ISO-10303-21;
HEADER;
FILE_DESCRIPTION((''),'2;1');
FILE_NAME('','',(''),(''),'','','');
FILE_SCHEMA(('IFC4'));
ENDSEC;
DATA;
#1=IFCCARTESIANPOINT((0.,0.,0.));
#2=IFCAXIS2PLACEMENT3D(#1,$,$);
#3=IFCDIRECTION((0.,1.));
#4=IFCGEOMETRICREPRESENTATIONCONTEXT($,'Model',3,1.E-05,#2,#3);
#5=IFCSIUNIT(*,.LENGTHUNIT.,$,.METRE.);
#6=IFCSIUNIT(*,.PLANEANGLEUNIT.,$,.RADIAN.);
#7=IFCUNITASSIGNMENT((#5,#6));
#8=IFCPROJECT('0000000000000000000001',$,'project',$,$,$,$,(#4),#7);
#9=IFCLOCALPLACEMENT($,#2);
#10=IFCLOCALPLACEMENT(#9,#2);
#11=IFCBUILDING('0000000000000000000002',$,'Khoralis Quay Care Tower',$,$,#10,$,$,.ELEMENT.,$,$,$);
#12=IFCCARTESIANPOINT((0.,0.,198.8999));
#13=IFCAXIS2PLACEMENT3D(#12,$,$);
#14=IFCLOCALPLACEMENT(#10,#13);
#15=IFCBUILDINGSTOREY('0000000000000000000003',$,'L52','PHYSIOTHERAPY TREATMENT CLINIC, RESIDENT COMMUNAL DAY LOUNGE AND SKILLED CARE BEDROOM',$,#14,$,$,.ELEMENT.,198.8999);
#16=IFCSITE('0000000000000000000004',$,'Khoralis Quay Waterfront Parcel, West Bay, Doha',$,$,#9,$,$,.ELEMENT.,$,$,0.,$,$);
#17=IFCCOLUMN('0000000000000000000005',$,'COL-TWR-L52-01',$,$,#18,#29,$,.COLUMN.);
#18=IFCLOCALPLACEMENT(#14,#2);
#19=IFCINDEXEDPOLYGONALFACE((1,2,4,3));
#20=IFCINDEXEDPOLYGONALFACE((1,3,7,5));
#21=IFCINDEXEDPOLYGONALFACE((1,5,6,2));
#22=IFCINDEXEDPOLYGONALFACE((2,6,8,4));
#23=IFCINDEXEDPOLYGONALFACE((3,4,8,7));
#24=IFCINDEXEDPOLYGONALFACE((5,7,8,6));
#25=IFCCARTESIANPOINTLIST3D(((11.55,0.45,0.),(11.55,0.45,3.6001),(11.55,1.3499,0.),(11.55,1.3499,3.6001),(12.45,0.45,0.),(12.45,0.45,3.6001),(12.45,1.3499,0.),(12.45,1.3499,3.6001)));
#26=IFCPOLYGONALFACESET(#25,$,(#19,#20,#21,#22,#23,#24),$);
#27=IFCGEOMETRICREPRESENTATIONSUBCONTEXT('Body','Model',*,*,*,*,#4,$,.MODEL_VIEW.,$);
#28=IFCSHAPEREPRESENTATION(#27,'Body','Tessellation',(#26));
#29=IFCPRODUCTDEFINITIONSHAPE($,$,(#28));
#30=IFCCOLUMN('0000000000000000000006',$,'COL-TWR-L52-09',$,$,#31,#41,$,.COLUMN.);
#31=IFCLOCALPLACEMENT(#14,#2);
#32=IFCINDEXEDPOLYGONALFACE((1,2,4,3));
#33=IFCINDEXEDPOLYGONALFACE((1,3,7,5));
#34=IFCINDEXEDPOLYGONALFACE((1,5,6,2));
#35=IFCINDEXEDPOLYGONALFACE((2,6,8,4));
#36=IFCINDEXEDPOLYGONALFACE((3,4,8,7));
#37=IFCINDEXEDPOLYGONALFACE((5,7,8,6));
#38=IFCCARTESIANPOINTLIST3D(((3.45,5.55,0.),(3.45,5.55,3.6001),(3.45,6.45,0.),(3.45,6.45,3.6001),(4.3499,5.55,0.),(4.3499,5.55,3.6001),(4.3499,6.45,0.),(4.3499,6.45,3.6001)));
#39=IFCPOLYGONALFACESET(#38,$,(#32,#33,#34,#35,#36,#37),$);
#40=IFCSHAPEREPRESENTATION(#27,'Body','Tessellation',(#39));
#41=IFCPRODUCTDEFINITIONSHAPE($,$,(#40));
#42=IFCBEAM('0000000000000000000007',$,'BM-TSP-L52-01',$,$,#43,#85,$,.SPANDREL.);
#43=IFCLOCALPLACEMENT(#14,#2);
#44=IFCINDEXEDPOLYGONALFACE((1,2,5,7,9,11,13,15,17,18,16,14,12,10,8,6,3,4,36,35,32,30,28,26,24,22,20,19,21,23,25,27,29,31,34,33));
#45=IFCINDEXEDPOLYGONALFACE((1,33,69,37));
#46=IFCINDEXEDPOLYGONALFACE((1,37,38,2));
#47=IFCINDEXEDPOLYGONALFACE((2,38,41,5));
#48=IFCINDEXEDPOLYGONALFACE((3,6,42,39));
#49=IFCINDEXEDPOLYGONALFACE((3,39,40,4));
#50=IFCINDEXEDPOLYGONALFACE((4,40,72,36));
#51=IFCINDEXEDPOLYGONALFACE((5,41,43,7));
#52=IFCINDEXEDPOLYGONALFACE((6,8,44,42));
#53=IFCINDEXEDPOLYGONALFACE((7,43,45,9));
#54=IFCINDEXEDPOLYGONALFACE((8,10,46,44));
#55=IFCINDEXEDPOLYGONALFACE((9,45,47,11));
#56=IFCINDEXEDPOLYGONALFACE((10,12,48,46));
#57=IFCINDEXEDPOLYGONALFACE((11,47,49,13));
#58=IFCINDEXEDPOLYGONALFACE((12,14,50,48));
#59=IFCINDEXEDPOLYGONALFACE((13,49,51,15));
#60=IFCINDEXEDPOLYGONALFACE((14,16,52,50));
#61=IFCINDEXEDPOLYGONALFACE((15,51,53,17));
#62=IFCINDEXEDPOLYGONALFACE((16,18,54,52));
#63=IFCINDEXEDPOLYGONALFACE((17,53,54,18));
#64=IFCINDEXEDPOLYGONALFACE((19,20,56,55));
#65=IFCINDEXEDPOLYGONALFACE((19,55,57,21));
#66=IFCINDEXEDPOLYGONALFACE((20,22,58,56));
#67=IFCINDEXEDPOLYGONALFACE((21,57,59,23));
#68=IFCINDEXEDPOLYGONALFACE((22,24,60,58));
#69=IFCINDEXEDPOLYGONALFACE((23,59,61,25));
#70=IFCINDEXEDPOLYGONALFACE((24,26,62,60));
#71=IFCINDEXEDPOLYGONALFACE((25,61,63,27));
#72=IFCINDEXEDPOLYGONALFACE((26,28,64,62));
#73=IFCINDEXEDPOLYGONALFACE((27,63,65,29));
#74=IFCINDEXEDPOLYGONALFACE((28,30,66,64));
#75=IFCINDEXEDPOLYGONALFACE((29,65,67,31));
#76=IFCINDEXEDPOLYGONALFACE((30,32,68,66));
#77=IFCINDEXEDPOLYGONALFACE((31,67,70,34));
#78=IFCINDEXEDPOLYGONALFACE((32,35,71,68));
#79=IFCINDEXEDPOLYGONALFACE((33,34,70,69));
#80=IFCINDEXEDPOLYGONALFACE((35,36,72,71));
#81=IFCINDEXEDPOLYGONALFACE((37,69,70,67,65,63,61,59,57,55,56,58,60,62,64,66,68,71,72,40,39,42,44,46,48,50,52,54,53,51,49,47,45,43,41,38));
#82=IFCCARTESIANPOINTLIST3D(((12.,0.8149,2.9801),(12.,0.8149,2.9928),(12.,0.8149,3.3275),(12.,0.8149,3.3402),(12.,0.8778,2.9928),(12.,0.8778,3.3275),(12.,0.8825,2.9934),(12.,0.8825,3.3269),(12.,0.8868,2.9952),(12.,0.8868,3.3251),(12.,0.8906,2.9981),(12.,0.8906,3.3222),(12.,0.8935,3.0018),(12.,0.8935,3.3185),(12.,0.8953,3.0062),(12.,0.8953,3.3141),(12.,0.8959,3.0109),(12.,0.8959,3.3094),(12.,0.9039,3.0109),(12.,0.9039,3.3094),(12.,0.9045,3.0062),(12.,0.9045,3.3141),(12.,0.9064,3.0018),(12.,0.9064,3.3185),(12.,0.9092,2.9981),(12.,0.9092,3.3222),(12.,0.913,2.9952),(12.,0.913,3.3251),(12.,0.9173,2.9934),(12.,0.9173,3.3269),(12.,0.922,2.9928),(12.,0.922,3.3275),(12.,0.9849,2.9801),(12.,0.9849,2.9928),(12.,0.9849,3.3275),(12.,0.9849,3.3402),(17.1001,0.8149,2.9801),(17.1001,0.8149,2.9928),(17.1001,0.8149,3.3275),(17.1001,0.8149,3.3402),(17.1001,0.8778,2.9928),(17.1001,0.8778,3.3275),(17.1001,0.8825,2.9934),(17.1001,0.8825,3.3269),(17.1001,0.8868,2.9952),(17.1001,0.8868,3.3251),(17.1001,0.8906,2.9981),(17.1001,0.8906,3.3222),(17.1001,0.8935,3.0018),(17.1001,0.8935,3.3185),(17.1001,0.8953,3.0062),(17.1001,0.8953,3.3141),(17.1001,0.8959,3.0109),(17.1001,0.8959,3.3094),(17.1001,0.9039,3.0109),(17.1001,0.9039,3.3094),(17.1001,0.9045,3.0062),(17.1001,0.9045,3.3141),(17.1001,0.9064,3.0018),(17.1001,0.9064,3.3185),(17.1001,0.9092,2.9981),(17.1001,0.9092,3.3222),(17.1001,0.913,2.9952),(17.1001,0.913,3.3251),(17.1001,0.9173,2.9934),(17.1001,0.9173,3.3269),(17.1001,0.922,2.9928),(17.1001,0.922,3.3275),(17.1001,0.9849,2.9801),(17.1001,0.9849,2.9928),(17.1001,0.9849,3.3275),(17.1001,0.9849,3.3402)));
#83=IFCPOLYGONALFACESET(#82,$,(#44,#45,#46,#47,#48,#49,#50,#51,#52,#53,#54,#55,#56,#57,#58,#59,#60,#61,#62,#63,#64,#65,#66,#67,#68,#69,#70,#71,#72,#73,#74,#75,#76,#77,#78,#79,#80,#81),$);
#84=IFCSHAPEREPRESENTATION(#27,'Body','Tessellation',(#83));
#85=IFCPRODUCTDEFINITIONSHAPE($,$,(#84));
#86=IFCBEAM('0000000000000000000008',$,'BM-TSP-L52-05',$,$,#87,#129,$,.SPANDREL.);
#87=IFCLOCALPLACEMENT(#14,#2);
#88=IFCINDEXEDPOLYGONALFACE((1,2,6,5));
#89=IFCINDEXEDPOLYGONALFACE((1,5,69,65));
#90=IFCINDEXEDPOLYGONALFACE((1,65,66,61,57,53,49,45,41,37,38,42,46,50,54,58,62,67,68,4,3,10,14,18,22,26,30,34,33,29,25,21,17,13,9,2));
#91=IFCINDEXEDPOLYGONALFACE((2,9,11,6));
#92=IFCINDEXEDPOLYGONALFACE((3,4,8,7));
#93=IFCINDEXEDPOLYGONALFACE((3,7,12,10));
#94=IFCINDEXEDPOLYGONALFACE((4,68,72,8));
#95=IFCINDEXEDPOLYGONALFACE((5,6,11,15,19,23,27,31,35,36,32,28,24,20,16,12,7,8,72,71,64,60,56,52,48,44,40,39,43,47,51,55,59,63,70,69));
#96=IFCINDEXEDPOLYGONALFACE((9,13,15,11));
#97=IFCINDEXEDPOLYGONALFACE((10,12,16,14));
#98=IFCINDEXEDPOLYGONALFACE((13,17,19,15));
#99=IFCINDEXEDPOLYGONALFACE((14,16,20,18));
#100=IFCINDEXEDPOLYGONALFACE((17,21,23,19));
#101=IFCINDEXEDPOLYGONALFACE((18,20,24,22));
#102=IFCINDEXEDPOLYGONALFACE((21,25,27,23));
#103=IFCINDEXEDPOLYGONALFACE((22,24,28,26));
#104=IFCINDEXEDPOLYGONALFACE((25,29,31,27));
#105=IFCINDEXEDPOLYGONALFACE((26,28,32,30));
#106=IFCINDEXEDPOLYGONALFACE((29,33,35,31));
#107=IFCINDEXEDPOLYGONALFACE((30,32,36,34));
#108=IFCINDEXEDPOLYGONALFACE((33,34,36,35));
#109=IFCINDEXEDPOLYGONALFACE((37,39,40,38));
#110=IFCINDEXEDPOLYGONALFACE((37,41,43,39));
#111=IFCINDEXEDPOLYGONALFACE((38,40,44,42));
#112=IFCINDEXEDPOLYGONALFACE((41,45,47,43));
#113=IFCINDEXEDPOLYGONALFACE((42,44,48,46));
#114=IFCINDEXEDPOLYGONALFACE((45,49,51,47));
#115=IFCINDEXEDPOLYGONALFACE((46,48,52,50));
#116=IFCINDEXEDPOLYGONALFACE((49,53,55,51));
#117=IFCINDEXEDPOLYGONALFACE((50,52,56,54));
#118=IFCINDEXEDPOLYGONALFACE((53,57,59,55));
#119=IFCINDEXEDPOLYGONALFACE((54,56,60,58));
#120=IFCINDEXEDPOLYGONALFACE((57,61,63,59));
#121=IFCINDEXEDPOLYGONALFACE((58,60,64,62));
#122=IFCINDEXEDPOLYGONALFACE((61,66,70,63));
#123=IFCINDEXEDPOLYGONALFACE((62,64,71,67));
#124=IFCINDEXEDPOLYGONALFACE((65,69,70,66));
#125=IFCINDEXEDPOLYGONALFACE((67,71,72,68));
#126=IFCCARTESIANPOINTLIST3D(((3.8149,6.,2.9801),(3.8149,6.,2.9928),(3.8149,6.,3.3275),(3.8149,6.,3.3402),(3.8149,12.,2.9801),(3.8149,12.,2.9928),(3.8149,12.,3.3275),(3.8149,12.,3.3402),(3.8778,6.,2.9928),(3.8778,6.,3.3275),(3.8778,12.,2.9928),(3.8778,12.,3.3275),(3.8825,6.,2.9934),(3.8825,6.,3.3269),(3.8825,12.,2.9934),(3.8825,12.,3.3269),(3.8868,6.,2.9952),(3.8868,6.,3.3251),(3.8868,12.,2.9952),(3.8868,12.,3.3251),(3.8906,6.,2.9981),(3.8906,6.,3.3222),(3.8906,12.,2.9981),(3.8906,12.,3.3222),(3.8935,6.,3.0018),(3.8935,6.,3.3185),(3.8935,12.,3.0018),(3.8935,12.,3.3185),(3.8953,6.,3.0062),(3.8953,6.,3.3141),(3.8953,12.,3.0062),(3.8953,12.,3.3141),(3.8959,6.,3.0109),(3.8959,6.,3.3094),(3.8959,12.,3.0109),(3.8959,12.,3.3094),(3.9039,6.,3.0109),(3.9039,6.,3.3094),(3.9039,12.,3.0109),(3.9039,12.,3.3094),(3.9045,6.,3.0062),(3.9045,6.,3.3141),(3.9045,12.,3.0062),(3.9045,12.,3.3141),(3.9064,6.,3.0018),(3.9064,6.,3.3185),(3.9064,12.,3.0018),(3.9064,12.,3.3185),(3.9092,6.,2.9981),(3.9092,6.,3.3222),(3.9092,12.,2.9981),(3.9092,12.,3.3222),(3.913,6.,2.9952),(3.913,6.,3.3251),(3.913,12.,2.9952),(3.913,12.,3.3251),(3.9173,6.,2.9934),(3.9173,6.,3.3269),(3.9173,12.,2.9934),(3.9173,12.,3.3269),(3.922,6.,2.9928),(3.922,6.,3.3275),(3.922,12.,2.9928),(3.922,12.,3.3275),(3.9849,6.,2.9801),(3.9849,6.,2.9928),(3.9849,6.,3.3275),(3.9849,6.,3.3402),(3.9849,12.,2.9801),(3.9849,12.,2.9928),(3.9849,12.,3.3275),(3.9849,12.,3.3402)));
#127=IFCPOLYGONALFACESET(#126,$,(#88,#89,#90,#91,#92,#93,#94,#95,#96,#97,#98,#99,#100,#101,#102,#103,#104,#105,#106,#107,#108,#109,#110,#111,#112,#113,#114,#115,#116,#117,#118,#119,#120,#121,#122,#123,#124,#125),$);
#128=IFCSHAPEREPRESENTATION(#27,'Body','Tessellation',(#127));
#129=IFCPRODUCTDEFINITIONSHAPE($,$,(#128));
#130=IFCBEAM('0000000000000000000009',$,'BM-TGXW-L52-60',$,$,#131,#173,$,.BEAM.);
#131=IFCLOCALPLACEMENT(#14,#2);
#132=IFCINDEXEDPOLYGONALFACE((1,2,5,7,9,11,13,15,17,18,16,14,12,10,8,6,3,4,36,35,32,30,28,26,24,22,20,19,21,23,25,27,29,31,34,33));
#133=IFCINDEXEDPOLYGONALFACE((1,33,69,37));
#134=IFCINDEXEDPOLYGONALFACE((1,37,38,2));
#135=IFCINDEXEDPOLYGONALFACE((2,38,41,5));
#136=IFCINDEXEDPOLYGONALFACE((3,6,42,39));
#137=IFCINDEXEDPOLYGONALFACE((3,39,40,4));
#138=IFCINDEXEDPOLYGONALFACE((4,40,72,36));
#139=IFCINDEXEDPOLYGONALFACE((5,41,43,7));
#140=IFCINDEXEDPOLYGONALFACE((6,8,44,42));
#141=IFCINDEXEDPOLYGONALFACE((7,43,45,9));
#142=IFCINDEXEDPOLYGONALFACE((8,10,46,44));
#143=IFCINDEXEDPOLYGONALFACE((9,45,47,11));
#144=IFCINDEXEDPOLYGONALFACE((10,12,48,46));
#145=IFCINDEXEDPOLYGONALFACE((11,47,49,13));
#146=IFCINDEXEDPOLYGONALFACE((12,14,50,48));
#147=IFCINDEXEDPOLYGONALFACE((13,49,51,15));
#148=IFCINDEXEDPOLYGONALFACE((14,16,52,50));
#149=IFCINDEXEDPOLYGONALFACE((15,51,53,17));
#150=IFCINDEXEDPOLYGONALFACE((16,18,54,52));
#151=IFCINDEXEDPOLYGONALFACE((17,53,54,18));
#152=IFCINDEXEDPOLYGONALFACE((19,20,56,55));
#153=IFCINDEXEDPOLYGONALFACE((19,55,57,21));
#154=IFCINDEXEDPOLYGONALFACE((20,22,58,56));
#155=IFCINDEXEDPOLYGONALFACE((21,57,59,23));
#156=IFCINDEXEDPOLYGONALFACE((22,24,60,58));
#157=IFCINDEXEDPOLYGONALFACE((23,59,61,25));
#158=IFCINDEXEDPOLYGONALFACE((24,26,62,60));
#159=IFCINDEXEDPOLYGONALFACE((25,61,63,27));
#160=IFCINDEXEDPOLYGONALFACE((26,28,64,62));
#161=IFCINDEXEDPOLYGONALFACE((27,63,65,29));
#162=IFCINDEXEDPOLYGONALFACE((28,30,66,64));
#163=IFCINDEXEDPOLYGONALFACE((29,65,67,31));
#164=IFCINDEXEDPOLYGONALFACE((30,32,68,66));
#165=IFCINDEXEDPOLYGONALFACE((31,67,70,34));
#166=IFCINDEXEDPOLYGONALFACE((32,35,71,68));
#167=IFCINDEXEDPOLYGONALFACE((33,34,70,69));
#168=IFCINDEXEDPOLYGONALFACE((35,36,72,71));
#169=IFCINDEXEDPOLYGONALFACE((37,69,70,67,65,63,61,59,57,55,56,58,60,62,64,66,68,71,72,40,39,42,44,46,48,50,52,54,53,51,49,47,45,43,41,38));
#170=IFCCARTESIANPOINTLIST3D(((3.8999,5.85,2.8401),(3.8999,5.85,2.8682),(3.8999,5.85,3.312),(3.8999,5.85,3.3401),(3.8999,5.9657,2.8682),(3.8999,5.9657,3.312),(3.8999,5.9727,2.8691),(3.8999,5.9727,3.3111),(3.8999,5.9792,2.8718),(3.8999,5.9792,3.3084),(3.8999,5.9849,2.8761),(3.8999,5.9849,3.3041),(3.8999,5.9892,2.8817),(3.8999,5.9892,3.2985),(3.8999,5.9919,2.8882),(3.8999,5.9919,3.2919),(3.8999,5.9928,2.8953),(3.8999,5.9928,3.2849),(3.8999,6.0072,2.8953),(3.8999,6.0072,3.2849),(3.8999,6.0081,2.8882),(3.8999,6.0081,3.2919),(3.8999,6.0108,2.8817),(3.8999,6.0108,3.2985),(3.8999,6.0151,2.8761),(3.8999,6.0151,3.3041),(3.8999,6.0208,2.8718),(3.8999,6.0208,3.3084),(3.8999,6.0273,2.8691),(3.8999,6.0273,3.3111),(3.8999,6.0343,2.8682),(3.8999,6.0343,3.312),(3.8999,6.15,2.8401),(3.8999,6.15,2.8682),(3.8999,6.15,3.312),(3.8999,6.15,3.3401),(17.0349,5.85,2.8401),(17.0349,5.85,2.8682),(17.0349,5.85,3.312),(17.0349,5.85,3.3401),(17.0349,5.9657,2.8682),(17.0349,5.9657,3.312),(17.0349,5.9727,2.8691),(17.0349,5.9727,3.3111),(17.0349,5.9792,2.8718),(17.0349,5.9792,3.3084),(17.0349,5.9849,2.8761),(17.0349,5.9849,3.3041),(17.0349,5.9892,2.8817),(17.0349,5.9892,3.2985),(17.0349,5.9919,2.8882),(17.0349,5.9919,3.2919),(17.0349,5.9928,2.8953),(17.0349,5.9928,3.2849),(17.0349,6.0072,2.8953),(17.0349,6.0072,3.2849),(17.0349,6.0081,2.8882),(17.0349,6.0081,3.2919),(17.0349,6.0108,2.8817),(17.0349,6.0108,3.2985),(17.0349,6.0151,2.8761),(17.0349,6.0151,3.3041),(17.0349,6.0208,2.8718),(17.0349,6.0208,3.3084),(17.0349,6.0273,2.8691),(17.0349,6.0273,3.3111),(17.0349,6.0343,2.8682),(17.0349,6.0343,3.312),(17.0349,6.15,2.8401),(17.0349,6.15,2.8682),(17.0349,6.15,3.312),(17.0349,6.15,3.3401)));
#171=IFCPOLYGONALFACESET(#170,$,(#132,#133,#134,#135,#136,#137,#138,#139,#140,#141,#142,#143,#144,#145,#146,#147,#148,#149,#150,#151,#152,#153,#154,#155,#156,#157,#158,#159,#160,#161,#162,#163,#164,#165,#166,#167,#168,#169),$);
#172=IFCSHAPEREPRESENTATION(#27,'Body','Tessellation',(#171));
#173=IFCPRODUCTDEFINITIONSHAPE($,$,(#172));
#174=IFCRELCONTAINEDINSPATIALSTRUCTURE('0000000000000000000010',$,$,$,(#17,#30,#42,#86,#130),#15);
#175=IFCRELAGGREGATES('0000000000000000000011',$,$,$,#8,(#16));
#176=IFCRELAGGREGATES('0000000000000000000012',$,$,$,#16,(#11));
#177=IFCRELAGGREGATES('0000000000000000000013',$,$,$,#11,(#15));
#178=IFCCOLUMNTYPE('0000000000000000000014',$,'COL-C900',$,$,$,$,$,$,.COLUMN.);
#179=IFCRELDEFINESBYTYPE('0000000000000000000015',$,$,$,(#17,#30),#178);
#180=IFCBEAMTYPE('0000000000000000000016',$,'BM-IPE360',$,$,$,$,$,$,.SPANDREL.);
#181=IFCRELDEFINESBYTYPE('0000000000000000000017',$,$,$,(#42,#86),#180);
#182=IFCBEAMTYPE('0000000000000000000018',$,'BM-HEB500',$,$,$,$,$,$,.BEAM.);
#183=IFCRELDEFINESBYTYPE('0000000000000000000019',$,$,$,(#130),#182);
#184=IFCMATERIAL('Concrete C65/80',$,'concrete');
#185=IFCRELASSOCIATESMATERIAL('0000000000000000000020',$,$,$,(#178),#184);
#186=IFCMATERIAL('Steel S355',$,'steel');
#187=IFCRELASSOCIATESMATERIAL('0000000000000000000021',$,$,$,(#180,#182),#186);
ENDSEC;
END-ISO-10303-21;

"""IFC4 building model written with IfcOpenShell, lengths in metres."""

from ifc_helpers import new_model, si_unit, direction, frame, origin, origin_2d, place, context, subcontext, project, spatial, rectangle, i_section, extrude, source, transform, mapped, material, material_profile, profile_set, type_object, element, save


model = new_model("IFC4")

# Units and contexts
model_context = context("Model", 3, precision=1e-05, world=origin(), true_north=direction((0.0, 1.0)))
body_context = subcontext(model_context, "Body", "Model", "MODEL_VIEW")
ifc_project = project(units=[si_unit("LENGTHUNIT", "METRE"), si_unit("PLANEANGLEUNIT", "RADIAN")], contexts=[model_context])

# Site, building, storey
site_placement = place(None, origin())
site = spatial("IfcSite", under=ifc_project, at=site_placement, Name="Khoralis Quay Waterfront Parcel, West Bay, Doha", CompositionType="ELEMENT", RefElevation=0.0)
building_placement = place(site_placement, origin())
building = spatial("IfcBuilding", under=site, at=building_placement, Name="Khoralis Quay Care Tower", CompositionType="ELEMENT")
storey_placement = place(building_placement, frame((0.0, 0.0, 198.8999)))
storey = spatial("IfcBuildingStorey", under=building, at=storey_placement, Name="L52", Description="PHYSIOTHERAPY TREATMENT CLINIC, RESIDENT COMMUNAL DAY LOUNGE AND SKILLED CARE BEDROOM", CompositionType="ELEMENT", Elevation=198.8999)

# Columns
ifc_material_1 = material(Name="Concrete C65/80", Category="concrete")
ifc_material_profile_1 = material_profile(ifc_material_1, rectangle(XDim=0.8999, YDim=0.8999, at=origin_2d()), Name="Concrete C65/80")
ifc_profile_set_1 = profile_set([ifc_material_profile_1], Name="Concrete C65/80")
column_type = type_object("IfcColumnType", Name="COL-C900", PredefinedType="COLUMN", material=ifc_profile_set_1)
shared_shape_1 = source(origin(), body_context, "Body", "SweptSolid", [
    extrude(rectangle(XDim=0.8999, YDim=0.8999, at=origin_2d()), origin(), (0.0, 0.0, 1.0), 3.6001),
])
for number, where, z_axis, x_axis, name in (
    (1, (12.0, 0.8999, 0.0), (0.0, 0.0, 1.0), (1.0, 0.0, 0.0), "COL-TWR-L52-01"),
    (2, (3.8999, 6.0, 0.0), (0.0, 0.0, 1.0), (1.0, 0.0, 0.0), "COL-TWR-L52-09"),
):
    element("IfcColumn", number, at=place(storey_placement, frame(where, z_axis=z_axis, x_axis=x_axis)), inside=storey, type_object=column_type, Name=name, PredefinedType="COLUMN", context=body_context, shape_type="MappedRepresentation", body=[
        mapped(shared_shape_1, transform((0.0, 0.0, 0.0), scale=1.0)),
    ])

# Beams
ifc_material_2 = material(Name="Steel S355", Category="steel")
ifc_material_profile_2 = material_profile(ifc_material_2, i_section(OverallWidth=0.1699, OverallDepth=0.3601, WebThickness=0.0081, FlangeThickness=0.0127, FilletRadius=0.0181, at=origin_2d()), Name="Steel S355")
ifc_profile_set_2 = profile_set([ifc_material_profile_2], Name="Steel S355")
beam_type_1 = type_object("IfcBeamType", Name="BM-IPE360", PredefinedType="SPANDREL", material=ifc_profile_set_2)
shared_shape_2 = source(origin(), body_context, "Body", "SweptSolid", [
    extrude(i_section(OverallWidth=0.1699, OverallDepth=0.3601, WebThickness=0.0081, FlangeThickness=0.0127, FilletRadius=0.0181, at=origin_2d()), origin(), (0.0, 0.0, 1.0), 5.1001),
])
beam_1_placement = place(storey_placement, frame((12.0, 0.8999, 3.1602), z_axis=(1.0, 0.0, 0.0), x_axis=(0.0, 1.0, 0.0)))
element("IfcBeam", 3, at=beam_1_placement, inside=storey, type_object=beam_type_1, Name="BM-TSP-L52-01", PredefinedType="SPANDREL", context=body_context, shape_type="MappedRepresentation", body=[
    mapped(shared_shape_2, transform((0.0, 0.0, 0.0), scale=1.0)),
])
shared_shape_3 = source(origin(), body_context, "Body", "SweptSolid", [
    extrude(i_section(OverallWidth=0.1699, OverallDepth=0.3601, WebThickness=0.0081, FlangeThickness=0.0127, FilletRadius=0.0181, at=origin_2d()), origin(), (0.0, 0.0, 1.0), 6.0),
])
beam_2_placement = place(storey_placement, frame((3.8999, 6.0, 3.1602), z_axis=(0.0, 1.0, 0.0), x_axis=(-1.0, 0.0, 0.0)))
element("IfcBeam", 4, at=beam_2_placement, inside=storey, type_object=beam_type_1, Name="BM-TSP-L52-05", PredefinedType="SPANDREL", context=body_context, shape_type="MappedRepresentation", body=[
    mapped(shared_shape_3, transform((0.0, 0.0, 0.0), scale=1.0)),
])
ifc_material_profile_3 = material_profile(ifc_material_2, i_section(OverallWidth=0.3, OverallDepth=0.5, WebThickness=0.0144, FlangeThickness=0.0281, FilletRadius=0.0271, at=origin_2d()), Name="Steel S355")
ifc_profile_set_3 = profile_set([ifc_material_profile_3], Name="Steel S355")
beam_type_2 = type_object("IfcBeamType", Name="BM-HEB500", PredefinedType="BEAM", material=ifc_profile_set_3)
shared_shape_4 = source(origin(), body_context, "Body", "SweptSolid", [
    extrude(i_section(OverallWidth=0.3, OverallDepth=0.5, WebThickness=0.0144, FlangeThickness=0.0281, FilletRadius=0.0271, at=origin_2d()), origin(), (0.0, 0.0, 1.0), 13.135),
])
beam_3_placement = place(storey_placement, frame((3.8999, 6.0, 3.0901), z_axis=(1.0, 0.0, 0.0), x_axis=(0.0, 1.0, 0.0)))
element("IfcBeam", 5, at=beam_3_placement, inside=storey, type_object=beam_type_2, Name="BM-TGXW-L52-60", PredefinedType="BEAM", context=body_context, shape_type="MappedRepresentation", body=[
    mapped(shared_shape_4, transform((0.0, 0.0, 0.0), scale=1.0)),
])

save(model, "model.ifc")
